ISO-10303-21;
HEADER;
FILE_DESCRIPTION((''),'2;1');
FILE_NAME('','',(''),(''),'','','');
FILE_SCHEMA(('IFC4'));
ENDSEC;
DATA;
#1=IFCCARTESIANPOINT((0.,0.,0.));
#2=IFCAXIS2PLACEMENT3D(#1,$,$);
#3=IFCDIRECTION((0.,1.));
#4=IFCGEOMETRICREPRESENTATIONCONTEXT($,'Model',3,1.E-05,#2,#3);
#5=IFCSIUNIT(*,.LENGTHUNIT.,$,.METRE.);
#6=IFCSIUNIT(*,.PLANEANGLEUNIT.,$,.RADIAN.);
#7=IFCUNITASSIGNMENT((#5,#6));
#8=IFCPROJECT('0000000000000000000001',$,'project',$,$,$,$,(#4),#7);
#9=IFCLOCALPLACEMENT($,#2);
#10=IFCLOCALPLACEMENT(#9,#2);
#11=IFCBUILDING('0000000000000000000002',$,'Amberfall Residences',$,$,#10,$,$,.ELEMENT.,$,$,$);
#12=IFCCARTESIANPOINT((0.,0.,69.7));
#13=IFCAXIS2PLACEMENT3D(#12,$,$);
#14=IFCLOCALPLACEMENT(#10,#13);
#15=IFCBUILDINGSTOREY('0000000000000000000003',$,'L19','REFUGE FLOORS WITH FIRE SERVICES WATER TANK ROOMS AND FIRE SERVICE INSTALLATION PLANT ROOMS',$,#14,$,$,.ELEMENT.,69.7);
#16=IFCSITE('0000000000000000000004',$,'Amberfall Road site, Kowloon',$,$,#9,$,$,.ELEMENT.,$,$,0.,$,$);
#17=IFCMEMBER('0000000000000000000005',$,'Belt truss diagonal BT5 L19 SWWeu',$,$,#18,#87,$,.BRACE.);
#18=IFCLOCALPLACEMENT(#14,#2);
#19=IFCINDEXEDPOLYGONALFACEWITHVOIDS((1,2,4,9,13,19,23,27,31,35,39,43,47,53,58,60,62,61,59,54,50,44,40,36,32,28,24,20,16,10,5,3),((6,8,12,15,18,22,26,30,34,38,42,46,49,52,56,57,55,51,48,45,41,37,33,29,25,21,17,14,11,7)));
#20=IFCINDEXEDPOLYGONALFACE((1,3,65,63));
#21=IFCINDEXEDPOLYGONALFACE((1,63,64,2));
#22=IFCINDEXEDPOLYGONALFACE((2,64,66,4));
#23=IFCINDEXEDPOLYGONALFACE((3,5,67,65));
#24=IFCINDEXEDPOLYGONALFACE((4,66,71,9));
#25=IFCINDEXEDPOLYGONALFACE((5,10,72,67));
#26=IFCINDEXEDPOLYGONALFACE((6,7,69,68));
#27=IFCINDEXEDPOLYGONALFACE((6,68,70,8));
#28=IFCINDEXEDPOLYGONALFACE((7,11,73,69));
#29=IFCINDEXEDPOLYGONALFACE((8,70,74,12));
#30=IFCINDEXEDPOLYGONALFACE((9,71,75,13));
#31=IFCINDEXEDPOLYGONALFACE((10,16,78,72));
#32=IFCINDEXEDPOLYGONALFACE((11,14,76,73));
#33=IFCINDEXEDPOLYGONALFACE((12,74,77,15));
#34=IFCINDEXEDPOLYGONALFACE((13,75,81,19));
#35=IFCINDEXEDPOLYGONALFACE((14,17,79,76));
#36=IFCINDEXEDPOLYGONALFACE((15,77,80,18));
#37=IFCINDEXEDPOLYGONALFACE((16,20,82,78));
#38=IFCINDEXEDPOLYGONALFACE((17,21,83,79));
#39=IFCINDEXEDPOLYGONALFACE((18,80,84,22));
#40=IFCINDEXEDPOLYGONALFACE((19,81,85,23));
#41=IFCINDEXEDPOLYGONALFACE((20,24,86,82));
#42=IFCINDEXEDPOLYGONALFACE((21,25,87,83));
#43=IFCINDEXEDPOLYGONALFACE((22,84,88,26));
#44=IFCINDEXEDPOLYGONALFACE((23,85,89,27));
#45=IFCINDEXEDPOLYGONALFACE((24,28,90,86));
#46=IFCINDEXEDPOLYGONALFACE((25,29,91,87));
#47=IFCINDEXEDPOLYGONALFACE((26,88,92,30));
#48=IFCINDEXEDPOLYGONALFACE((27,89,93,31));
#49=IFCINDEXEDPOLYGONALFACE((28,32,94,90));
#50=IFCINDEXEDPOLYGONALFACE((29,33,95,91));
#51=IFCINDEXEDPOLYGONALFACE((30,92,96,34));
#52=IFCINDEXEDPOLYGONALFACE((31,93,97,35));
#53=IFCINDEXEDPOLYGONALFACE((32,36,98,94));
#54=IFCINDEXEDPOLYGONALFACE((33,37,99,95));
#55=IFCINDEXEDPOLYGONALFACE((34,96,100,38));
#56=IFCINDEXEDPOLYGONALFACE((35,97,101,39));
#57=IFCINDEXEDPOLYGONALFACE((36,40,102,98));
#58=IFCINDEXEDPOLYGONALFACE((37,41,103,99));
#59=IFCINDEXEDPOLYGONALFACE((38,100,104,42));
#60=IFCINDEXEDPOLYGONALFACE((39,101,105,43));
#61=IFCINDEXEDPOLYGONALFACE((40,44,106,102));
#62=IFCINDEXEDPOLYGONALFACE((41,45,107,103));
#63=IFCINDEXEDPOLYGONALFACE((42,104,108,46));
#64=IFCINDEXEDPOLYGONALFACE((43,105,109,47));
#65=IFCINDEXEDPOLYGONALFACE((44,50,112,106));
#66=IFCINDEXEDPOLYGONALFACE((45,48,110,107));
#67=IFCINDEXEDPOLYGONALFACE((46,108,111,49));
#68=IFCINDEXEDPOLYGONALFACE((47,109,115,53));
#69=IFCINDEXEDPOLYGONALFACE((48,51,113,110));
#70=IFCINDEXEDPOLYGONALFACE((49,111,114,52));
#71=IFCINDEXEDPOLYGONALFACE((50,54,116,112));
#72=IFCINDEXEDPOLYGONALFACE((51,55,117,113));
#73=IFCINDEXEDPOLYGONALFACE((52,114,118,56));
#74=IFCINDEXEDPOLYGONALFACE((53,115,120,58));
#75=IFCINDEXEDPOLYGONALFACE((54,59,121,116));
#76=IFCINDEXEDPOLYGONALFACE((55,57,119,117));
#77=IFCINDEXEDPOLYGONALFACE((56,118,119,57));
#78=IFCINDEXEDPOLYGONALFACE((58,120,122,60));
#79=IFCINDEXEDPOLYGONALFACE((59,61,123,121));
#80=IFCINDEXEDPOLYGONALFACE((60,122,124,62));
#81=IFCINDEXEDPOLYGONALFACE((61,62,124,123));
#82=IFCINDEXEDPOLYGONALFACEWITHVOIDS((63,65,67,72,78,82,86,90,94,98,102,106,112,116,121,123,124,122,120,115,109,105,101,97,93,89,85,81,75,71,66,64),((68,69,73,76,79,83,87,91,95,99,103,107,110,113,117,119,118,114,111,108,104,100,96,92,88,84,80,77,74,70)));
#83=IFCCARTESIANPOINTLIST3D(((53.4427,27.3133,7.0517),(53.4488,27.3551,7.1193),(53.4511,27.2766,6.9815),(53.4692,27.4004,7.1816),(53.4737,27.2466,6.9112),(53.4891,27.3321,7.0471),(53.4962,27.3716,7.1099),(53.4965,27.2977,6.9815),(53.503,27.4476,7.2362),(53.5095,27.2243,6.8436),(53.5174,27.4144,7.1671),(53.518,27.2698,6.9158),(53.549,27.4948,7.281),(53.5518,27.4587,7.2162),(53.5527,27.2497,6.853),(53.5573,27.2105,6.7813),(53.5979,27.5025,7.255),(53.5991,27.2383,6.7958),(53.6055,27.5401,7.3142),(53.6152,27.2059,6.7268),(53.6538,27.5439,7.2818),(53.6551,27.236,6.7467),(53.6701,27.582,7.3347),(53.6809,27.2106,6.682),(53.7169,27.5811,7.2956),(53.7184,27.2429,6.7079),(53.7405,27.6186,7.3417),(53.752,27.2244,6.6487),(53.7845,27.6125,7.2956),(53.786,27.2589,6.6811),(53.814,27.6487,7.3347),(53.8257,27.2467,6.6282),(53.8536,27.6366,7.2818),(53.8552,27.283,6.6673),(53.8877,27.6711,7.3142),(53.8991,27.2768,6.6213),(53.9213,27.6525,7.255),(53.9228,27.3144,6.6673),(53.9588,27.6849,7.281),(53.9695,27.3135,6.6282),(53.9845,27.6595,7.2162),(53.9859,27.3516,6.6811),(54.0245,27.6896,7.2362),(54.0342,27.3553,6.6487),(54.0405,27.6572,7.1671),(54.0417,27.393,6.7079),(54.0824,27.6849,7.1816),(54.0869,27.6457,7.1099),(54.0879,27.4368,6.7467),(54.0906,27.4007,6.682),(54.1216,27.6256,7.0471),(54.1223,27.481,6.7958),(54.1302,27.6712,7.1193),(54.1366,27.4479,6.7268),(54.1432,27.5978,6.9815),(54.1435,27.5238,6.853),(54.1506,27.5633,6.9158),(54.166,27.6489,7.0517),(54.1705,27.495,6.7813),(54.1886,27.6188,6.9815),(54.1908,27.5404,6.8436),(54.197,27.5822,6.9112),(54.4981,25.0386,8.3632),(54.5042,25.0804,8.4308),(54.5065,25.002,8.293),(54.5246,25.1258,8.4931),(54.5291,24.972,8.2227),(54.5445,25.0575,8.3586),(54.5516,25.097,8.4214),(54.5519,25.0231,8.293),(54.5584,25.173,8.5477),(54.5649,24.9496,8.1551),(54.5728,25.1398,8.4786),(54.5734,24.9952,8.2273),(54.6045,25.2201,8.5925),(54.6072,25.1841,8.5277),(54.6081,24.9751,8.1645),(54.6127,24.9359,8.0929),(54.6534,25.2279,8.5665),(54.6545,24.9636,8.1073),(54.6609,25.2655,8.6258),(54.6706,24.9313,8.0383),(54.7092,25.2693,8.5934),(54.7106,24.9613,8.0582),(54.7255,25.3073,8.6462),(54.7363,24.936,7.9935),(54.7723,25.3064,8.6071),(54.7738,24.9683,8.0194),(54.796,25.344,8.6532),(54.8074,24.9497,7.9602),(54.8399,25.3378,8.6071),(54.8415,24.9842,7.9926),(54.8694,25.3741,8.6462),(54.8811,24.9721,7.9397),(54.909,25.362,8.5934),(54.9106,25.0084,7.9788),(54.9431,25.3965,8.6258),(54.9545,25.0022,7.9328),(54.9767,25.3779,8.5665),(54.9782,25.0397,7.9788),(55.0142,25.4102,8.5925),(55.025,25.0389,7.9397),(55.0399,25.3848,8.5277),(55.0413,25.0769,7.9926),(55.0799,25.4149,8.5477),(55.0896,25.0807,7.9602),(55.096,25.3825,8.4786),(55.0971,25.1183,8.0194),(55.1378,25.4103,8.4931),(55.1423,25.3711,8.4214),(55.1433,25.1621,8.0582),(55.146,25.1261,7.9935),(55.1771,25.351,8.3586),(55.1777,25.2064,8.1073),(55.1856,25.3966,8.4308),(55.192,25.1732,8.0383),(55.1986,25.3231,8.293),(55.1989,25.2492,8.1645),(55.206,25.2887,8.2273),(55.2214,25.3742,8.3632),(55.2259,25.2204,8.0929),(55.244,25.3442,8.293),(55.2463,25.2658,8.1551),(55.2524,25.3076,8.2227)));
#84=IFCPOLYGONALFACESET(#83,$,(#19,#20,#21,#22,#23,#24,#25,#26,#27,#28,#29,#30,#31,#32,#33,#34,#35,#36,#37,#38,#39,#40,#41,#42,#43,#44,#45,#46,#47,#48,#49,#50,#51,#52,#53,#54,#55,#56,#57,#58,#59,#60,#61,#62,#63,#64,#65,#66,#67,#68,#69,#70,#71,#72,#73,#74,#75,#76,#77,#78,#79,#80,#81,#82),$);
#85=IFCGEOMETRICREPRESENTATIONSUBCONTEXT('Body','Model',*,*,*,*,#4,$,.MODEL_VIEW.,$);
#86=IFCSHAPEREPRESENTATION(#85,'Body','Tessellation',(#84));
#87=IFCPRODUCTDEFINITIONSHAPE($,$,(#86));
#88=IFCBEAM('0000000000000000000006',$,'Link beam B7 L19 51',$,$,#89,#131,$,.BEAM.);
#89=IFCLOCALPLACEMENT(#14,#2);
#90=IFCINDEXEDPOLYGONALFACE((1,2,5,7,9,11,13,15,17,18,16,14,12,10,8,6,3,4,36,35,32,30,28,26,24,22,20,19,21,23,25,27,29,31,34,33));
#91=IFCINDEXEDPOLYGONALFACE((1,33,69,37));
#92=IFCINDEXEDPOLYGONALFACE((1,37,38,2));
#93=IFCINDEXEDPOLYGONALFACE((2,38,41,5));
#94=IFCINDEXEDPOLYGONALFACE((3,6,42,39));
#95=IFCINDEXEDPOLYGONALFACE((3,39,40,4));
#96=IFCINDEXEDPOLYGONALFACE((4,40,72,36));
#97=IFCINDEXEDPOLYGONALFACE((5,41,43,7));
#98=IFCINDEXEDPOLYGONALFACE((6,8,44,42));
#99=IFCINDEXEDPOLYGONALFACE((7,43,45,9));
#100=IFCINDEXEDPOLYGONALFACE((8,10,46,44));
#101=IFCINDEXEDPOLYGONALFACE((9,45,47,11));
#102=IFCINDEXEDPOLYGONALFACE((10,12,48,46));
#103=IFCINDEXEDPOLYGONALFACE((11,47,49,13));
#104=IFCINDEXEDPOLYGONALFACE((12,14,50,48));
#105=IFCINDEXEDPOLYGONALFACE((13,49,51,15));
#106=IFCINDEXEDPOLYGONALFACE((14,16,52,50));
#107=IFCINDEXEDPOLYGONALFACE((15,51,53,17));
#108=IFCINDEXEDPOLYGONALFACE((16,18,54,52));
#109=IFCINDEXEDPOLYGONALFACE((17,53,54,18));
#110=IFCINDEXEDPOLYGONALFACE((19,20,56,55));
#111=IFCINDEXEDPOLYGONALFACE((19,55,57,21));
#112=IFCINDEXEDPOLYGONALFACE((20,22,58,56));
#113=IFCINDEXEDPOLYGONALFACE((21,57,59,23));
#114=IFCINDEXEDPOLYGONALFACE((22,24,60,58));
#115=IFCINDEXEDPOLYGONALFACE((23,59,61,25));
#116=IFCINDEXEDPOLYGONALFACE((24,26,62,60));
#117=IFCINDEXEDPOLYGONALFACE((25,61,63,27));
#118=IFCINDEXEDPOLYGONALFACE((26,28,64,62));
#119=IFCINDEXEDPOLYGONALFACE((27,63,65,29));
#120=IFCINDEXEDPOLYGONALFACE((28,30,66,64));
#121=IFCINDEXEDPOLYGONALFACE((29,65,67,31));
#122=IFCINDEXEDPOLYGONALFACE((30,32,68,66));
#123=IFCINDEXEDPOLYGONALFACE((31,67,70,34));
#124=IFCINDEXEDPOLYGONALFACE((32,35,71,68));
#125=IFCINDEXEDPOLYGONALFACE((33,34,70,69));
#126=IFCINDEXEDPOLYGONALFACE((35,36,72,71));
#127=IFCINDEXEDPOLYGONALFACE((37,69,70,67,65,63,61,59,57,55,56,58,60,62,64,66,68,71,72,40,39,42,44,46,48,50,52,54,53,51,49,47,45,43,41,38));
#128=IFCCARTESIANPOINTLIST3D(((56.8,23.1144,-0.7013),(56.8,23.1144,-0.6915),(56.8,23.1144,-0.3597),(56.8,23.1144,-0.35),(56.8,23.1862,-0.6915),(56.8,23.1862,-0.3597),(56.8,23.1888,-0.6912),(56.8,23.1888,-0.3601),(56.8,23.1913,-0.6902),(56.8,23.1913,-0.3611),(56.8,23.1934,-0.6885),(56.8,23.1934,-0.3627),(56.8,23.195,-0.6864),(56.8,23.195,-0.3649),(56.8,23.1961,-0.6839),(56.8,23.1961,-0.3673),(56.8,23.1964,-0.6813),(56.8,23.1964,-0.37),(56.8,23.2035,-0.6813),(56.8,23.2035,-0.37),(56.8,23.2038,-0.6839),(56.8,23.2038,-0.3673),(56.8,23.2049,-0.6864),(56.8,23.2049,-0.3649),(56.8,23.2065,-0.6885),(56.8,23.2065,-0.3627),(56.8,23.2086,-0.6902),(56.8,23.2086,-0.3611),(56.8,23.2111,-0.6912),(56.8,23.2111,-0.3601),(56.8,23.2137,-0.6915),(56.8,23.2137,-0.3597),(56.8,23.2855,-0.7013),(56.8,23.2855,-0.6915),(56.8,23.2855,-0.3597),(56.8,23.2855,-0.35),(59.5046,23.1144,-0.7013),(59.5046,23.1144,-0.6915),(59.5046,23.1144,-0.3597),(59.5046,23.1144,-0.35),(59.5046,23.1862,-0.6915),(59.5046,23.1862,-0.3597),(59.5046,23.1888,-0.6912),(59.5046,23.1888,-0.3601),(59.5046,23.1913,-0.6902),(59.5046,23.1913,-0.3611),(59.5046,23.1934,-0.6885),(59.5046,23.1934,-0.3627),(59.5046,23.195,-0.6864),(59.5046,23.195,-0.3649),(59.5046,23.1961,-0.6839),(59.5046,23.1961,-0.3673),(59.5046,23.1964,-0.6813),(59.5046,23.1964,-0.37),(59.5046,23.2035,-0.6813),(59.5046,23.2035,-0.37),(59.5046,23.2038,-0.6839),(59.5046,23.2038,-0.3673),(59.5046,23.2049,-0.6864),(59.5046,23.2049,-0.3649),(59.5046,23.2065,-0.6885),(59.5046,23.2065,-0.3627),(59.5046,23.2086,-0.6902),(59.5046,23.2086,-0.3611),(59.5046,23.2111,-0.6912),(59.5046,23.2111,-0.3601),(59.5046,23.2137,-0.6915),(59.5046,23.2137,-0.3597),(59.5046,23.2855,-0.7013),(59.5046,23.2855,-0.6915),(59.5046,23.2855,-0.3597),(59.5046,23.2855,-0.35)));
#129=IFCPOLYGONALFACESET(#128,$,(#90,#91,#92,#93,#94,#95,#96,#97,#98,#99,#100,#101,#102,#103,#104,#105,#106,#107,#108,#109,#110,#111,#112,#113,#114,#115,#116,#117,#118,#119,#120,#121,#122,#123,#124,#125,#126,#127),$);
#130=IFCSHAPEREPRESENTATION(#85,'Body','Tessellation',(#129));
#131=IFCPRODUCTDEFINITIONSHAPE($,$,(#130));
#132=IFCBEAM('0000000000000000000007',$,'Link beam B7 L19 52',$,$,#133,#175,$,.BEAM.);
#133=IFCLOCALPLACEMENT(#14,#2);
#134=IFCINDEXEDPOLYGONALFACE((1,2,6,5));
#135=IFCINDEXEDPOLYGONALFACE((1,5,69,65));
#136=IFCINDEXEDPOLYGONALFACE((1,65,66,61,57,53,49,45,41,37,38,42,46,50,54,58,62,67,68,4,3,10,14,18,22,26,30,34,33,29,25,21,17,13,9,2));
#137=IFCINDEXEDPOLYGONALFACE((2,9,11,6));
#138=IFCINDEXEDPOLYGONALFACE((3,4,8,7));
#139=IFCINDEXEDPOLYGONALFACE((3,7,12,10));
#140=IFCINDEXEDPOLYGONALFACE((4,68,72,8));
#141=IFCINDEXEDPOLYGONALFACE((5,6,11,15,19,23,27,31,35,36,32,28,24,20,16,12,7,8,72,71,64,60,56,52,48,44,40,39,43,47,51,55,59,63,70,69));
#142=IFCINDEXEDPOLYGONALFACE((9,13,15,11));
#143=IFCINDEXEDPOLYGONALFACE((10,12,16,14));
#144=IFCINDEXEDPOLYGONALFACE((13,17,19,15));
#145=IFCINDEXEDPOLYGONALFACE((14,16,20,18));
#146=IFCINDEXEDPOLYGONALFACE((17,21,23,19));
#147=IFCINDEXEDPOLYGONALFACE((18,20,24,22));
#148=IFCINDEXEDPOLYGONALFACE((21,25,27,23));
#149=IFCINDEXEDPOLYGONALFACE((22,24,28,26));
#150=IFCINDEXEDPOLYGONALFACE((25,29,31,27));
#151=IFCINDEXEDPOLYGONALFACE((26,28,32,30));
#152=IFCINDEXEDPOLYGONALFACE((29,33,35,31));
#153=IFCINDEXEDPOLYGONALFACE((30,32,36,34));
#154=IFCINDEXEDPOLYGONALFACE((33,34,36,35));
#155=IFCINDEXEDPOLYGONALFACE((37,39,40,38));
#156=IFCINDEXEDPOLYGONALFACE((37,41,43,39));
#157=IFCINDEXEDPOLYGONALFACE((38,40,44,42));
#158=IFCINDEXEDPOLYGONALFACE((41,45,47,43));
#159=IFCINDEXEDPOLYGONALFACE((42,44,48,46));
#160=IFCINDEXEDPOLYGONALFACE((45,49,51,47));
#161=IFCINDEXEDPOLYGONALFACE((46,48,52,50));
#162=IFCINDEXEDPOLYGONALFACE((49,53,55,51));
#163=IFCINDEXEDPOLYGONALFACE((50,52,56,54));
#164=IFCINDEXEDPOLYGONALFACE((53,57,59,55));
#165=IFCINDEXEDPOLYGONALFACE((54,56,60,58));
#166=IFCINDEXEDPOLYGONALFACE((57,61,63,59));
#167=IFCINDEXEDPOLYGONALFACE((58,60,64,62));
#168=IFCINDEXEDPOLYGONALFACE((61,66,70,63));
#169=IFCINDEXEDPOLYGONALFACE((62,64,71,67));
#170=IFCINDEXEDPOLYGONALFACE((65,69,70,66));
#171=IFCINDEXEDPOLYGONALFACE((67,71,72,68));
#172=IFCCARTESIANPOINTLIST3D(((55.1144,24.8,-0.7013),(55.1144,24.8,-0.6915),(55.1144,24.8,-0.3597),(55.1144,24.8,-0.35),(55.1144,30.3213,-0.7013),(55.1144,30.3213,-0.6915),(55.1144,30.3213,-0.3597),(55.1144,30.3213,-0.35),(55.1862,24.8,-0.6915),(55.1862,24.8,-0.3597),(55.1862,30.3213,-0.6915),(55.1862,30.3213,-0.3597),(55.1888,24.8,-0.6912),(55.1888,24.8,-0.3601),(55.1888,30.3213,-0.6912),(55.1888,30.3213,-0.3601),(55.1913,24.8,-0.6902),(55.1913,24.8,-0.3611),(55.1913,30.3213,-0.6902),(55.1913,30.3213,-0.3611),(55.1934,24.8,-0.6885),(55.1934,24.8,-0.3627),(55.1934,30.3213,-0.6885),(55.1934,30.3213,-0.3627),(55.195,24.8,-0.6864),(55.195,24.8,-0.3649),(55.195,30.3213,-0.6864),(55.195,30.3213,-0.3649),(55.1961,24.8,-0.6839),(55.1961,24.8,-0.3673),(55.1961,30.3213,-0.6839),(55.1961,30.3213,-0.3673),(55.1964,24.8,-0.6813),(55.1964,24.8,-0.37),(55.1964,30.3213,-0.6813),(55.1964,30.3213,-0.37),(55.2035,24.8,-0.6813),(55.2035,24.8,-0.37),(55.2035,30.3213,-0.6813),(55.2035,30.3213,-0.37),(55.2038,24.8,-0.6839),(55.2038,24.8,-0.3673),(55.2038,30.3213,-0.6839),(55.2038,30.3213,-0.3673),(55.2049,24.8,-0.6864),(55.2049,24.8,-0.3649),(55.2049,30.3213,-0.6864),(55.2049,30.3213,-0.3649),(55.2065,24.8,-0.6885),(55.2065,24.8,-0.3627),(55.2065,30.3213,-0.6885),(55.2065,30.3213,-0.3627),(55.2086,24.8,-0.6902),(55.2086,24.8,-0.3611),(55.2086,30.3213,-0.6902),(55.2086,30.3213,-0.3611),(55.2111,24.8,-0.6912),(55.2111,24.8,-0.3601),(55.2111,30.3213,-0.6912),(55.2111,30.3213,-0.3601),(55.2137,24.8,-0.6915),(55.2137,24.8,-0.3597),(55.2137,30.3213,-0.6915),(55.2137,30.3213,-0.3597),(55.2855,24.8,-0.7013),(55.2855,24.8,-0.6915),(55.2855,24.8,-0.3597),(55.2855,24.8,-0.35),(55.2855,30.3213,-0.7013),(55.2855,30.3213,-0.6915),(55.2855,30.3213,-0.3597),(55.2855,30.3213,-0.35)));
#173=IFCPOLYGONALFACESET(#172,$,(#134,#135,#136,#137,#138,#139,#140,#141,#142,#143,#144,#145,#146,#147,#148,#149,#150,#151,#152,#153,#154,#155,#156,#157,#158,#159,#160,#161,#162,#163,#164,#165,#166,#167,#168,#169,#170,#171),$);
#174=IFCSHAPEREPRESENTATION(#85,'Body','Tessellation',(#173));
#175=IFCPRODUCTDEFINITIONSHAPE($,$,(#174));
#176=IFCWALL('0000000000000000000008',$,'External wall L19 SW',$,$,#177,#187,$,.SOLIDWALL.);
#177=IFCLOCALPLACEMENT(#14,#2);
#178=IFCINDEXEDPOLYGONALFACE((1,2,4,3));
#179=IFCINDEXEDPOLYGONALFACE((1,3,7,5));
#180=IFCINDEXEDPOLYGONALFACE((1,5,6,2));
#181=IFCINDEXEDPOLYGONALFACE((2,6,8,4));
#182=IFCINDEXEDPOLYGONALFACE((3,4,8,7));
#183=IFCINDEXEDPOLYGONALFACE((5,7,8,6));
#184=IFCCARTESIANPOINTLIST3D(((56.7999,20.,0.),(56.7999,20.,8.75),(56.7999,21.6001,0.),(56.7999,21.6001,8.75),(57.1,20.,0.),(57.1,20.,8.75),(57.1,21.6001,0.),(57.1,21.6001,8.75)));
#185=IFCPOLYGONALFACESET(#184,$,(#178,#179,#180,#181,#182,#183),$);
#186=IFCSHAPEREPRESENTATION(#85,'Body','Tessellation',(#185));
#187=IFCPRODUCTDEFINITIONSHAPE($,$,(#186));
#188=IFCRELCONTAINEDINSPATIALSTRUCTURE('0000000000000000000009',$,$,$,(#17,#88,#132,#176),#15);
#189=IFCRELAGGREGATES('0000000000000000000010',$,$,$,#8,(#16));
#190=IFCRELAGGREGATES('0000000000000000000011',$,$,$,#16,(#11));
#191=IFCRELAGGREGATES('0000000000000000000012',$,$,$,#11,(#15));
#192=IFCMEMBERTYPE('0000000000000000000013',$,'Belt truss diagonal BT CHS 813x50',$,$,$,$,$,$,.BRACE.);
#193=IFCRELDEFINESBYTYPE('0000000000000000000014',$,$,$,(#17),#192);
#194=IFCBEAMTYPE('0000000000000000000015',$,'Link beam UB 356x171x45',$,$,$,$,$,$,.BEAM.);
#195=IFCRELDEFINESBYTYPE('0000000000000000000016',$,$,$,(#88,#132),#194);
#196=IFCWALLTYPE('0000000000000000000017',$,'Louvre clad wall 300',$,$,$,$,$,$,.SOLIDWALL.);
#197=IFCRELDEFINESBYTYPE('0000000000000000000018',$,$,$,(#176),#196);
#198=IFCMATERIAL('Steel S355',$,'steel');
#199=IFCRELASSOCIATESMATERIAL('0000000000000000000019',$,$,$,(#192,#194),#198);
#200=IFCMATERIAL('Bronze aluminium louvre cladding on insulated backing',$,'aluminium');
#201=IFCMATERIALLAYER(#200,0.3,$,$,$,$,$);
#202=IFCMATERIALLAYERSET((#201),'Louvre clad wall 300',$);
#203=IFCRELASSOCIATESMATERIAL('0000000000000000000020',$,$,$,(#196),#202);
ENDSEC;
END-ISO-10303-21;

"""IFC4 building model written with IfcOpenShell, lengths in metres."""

from ifc_helpers import new_model, si_unit, direction, frame, frame_2d, origin, origin_2d, place, context, subcontext, project, spatial, rectangle, hollow_circle, i_section, extrude, material, layer, layer_set, material_profile, profile_set, type_object, element, save


model = new_model("IFC4")

# Units and contexts
model_context = context("Model", 3, precision=1e-05, world=origin(), true_north=direction((0.0, 1.0)))
body_context = subcontext(model_context, "Body", "Model", "MODEL_VIEW")
ifc_project = project(units=[si_unit("LENGTHUNIT", "METRE"), si_unit("PLANEANGLEUNIT", "RADIAN")], contexts=[model_context])

# Site, building, storey
site_placement = place(None, origin())
site = spatial("IfcSite", under=ifc_project, at=site_placement, Name="Amberfall Road site, Kowloon", CompositionType="ELEMENT", RefElevation=0.0)
building_placement = place(site_placement, origin())
building = spatial("IfcBuilding", under=site, at=building_placement, Name="Amberfall Residences", CompositionType="ELEMENT")
storey_placement = place(building_placement, frame((0.0, 0.0, 69.7)))
storey = spatial("IfcBuildingStorey", under=building, at=storey_placement, Name="L19", Description="REFUGE FLOORS WITH FIRE SERVICES WATER TANK ROOMS AND FIRE SERVICE INSTALLATION PLANT ROOMS", CompositionType="ELEMENT", Elevation=69.7)

# Shared definitions
ifc_material_1 = material(Name="Steel S355", Category="steel")

# Member
ifc_material_profile_1 = material_profile(ifc_material_1, hollow_circle(Radius=0.4065, WallThickness=0.05, at=origin_2d()), Name="CHS 813x50")
ifc_profile_set_1 = profile_set([ifc_material_profile_1], Name="Steel S355")
member_type = type_object("IfcMemberType", Name="Belt truss diagonal BT CHS 813x50", PredefinedType="BRACE", material=ifc_profile_set_1)
member_1_placement = place(storey_placement, frame((54.8752, 25.1731, 8.293), z_axis=(-0.372959, 0.803808, -0.46346), x_axis=(-0.907111, -0.420891, 0.0)))
element("IfcMember", 1, at=member_1_placement, inside=storey, type_object=member_type, Name="Belt truss diagonal BT5 L19 SWWeu", PredefinedType="BRACE", context=body_context, shape_type="SweptSolid", body=[
    extrude(hollow_circle(Radius=0.4065, WallThickness=0.05, at=origin_2d()), origin(), (0.0, 0.0, 1.0), 2.8298),
])

# Beams
ifc_material_profile_2 = material_profile(ifc_material_1, i_section(OverallWidth=0.1711, OverallDepth=0.3513, WebThickness=0.0071, FlangeThickness=0.0098, FilletRadius=0.0103, at=origin_2d()), Name="UB 356x171x45")
ifc_profile_set_2 = profile_set([ifc_material_profile_2], Name="Steel S355")
beam_type_1 = type_object("IfcBeamType", Name="Link beam UB 356x171x45", PredefinedType="BEAM", material=ifc_profile_set_2)
beam_1_placement = place(storey_placement, frame((56.8, 23.2, -0.5256), z_axis=(1.0, 0.0, 0.0), x_axis=(0.0, 1.0, 0.0)))
element("IfcBeam", 2, at=beam_1_placement, inside=storey, type_object=beam_type_1, Name="Link beam B7 L19 51", PredefinedType="BEAM", context=body_context, shape_type="SweptSolid", body=[
    extrude(i_section(OverallWidth=0.1711, OverallDepth=0.3513, WebThickness=0.0071, FlangeThickness=0.0098, FilletRadius=0.0103, at=origin_2d()), origin(), (0.0, 0.0, 1.0), 2.7046),
])
beam_2_placement = place(storey_placement, frame((55.2, 24.8, -0.5256), z_axis=(0.0, 1.0, 0.0), x_axis=(-1.0, 0.0, 0.0)))
element("IfcBeam", 3, at=beam_2_placement, inside=storey, type_object=beam_type_1, Name="Link beam B7 L19 52", PredefinedType="BEAM", context=body_context, shape_type="SweptSolid", body=[
    extrude(i_section(OverallWidth=0.1711, OverallDepth=0.3513, WebThickness=0.0071, FlangeThickness=0.0098, FilletRadius=0.0103, at=origin_2d()), origin(), (0.0, 0.0, 1.0), 5.5212),
])

# Wall
ifc_material_2 = material(Name="Bronze aluminium louvre cladding on insulated backing", Category="aluminium")
ifc_layer = layer(ifc_material_2, 0.3)
ifc_layer_set = layer_set([ifc_layer], Name="Louvre clad wall 300")
wall_type = type_object("IfcWallType", Name="Louvre clad wall 300", PredefinedType="SOLIDWALL", material=ifc_layer_set)
wall_placement = place(storey_placement, frame((56.95, 21.6001, 0.0), z_axis=(0.0, 0.0, 1.0), x_axis=(0.0, -1.0, 0.0)))
element("IfcWall", 4, at=wall_placement, inside=storey, type_object=wall_type, Name="External wall L19 SW", PredefinedType="SOLIDWALL", context=body_context, shape_type="SweptSolid", body=[
    extrude(rectangle(XDim=1.6001, YDim=0.3, at=frame_2d((0.8, 0.0))), origin(), (0.0, 0.0, 1.0), 8.75),
])

save(model, "model.ifc")
